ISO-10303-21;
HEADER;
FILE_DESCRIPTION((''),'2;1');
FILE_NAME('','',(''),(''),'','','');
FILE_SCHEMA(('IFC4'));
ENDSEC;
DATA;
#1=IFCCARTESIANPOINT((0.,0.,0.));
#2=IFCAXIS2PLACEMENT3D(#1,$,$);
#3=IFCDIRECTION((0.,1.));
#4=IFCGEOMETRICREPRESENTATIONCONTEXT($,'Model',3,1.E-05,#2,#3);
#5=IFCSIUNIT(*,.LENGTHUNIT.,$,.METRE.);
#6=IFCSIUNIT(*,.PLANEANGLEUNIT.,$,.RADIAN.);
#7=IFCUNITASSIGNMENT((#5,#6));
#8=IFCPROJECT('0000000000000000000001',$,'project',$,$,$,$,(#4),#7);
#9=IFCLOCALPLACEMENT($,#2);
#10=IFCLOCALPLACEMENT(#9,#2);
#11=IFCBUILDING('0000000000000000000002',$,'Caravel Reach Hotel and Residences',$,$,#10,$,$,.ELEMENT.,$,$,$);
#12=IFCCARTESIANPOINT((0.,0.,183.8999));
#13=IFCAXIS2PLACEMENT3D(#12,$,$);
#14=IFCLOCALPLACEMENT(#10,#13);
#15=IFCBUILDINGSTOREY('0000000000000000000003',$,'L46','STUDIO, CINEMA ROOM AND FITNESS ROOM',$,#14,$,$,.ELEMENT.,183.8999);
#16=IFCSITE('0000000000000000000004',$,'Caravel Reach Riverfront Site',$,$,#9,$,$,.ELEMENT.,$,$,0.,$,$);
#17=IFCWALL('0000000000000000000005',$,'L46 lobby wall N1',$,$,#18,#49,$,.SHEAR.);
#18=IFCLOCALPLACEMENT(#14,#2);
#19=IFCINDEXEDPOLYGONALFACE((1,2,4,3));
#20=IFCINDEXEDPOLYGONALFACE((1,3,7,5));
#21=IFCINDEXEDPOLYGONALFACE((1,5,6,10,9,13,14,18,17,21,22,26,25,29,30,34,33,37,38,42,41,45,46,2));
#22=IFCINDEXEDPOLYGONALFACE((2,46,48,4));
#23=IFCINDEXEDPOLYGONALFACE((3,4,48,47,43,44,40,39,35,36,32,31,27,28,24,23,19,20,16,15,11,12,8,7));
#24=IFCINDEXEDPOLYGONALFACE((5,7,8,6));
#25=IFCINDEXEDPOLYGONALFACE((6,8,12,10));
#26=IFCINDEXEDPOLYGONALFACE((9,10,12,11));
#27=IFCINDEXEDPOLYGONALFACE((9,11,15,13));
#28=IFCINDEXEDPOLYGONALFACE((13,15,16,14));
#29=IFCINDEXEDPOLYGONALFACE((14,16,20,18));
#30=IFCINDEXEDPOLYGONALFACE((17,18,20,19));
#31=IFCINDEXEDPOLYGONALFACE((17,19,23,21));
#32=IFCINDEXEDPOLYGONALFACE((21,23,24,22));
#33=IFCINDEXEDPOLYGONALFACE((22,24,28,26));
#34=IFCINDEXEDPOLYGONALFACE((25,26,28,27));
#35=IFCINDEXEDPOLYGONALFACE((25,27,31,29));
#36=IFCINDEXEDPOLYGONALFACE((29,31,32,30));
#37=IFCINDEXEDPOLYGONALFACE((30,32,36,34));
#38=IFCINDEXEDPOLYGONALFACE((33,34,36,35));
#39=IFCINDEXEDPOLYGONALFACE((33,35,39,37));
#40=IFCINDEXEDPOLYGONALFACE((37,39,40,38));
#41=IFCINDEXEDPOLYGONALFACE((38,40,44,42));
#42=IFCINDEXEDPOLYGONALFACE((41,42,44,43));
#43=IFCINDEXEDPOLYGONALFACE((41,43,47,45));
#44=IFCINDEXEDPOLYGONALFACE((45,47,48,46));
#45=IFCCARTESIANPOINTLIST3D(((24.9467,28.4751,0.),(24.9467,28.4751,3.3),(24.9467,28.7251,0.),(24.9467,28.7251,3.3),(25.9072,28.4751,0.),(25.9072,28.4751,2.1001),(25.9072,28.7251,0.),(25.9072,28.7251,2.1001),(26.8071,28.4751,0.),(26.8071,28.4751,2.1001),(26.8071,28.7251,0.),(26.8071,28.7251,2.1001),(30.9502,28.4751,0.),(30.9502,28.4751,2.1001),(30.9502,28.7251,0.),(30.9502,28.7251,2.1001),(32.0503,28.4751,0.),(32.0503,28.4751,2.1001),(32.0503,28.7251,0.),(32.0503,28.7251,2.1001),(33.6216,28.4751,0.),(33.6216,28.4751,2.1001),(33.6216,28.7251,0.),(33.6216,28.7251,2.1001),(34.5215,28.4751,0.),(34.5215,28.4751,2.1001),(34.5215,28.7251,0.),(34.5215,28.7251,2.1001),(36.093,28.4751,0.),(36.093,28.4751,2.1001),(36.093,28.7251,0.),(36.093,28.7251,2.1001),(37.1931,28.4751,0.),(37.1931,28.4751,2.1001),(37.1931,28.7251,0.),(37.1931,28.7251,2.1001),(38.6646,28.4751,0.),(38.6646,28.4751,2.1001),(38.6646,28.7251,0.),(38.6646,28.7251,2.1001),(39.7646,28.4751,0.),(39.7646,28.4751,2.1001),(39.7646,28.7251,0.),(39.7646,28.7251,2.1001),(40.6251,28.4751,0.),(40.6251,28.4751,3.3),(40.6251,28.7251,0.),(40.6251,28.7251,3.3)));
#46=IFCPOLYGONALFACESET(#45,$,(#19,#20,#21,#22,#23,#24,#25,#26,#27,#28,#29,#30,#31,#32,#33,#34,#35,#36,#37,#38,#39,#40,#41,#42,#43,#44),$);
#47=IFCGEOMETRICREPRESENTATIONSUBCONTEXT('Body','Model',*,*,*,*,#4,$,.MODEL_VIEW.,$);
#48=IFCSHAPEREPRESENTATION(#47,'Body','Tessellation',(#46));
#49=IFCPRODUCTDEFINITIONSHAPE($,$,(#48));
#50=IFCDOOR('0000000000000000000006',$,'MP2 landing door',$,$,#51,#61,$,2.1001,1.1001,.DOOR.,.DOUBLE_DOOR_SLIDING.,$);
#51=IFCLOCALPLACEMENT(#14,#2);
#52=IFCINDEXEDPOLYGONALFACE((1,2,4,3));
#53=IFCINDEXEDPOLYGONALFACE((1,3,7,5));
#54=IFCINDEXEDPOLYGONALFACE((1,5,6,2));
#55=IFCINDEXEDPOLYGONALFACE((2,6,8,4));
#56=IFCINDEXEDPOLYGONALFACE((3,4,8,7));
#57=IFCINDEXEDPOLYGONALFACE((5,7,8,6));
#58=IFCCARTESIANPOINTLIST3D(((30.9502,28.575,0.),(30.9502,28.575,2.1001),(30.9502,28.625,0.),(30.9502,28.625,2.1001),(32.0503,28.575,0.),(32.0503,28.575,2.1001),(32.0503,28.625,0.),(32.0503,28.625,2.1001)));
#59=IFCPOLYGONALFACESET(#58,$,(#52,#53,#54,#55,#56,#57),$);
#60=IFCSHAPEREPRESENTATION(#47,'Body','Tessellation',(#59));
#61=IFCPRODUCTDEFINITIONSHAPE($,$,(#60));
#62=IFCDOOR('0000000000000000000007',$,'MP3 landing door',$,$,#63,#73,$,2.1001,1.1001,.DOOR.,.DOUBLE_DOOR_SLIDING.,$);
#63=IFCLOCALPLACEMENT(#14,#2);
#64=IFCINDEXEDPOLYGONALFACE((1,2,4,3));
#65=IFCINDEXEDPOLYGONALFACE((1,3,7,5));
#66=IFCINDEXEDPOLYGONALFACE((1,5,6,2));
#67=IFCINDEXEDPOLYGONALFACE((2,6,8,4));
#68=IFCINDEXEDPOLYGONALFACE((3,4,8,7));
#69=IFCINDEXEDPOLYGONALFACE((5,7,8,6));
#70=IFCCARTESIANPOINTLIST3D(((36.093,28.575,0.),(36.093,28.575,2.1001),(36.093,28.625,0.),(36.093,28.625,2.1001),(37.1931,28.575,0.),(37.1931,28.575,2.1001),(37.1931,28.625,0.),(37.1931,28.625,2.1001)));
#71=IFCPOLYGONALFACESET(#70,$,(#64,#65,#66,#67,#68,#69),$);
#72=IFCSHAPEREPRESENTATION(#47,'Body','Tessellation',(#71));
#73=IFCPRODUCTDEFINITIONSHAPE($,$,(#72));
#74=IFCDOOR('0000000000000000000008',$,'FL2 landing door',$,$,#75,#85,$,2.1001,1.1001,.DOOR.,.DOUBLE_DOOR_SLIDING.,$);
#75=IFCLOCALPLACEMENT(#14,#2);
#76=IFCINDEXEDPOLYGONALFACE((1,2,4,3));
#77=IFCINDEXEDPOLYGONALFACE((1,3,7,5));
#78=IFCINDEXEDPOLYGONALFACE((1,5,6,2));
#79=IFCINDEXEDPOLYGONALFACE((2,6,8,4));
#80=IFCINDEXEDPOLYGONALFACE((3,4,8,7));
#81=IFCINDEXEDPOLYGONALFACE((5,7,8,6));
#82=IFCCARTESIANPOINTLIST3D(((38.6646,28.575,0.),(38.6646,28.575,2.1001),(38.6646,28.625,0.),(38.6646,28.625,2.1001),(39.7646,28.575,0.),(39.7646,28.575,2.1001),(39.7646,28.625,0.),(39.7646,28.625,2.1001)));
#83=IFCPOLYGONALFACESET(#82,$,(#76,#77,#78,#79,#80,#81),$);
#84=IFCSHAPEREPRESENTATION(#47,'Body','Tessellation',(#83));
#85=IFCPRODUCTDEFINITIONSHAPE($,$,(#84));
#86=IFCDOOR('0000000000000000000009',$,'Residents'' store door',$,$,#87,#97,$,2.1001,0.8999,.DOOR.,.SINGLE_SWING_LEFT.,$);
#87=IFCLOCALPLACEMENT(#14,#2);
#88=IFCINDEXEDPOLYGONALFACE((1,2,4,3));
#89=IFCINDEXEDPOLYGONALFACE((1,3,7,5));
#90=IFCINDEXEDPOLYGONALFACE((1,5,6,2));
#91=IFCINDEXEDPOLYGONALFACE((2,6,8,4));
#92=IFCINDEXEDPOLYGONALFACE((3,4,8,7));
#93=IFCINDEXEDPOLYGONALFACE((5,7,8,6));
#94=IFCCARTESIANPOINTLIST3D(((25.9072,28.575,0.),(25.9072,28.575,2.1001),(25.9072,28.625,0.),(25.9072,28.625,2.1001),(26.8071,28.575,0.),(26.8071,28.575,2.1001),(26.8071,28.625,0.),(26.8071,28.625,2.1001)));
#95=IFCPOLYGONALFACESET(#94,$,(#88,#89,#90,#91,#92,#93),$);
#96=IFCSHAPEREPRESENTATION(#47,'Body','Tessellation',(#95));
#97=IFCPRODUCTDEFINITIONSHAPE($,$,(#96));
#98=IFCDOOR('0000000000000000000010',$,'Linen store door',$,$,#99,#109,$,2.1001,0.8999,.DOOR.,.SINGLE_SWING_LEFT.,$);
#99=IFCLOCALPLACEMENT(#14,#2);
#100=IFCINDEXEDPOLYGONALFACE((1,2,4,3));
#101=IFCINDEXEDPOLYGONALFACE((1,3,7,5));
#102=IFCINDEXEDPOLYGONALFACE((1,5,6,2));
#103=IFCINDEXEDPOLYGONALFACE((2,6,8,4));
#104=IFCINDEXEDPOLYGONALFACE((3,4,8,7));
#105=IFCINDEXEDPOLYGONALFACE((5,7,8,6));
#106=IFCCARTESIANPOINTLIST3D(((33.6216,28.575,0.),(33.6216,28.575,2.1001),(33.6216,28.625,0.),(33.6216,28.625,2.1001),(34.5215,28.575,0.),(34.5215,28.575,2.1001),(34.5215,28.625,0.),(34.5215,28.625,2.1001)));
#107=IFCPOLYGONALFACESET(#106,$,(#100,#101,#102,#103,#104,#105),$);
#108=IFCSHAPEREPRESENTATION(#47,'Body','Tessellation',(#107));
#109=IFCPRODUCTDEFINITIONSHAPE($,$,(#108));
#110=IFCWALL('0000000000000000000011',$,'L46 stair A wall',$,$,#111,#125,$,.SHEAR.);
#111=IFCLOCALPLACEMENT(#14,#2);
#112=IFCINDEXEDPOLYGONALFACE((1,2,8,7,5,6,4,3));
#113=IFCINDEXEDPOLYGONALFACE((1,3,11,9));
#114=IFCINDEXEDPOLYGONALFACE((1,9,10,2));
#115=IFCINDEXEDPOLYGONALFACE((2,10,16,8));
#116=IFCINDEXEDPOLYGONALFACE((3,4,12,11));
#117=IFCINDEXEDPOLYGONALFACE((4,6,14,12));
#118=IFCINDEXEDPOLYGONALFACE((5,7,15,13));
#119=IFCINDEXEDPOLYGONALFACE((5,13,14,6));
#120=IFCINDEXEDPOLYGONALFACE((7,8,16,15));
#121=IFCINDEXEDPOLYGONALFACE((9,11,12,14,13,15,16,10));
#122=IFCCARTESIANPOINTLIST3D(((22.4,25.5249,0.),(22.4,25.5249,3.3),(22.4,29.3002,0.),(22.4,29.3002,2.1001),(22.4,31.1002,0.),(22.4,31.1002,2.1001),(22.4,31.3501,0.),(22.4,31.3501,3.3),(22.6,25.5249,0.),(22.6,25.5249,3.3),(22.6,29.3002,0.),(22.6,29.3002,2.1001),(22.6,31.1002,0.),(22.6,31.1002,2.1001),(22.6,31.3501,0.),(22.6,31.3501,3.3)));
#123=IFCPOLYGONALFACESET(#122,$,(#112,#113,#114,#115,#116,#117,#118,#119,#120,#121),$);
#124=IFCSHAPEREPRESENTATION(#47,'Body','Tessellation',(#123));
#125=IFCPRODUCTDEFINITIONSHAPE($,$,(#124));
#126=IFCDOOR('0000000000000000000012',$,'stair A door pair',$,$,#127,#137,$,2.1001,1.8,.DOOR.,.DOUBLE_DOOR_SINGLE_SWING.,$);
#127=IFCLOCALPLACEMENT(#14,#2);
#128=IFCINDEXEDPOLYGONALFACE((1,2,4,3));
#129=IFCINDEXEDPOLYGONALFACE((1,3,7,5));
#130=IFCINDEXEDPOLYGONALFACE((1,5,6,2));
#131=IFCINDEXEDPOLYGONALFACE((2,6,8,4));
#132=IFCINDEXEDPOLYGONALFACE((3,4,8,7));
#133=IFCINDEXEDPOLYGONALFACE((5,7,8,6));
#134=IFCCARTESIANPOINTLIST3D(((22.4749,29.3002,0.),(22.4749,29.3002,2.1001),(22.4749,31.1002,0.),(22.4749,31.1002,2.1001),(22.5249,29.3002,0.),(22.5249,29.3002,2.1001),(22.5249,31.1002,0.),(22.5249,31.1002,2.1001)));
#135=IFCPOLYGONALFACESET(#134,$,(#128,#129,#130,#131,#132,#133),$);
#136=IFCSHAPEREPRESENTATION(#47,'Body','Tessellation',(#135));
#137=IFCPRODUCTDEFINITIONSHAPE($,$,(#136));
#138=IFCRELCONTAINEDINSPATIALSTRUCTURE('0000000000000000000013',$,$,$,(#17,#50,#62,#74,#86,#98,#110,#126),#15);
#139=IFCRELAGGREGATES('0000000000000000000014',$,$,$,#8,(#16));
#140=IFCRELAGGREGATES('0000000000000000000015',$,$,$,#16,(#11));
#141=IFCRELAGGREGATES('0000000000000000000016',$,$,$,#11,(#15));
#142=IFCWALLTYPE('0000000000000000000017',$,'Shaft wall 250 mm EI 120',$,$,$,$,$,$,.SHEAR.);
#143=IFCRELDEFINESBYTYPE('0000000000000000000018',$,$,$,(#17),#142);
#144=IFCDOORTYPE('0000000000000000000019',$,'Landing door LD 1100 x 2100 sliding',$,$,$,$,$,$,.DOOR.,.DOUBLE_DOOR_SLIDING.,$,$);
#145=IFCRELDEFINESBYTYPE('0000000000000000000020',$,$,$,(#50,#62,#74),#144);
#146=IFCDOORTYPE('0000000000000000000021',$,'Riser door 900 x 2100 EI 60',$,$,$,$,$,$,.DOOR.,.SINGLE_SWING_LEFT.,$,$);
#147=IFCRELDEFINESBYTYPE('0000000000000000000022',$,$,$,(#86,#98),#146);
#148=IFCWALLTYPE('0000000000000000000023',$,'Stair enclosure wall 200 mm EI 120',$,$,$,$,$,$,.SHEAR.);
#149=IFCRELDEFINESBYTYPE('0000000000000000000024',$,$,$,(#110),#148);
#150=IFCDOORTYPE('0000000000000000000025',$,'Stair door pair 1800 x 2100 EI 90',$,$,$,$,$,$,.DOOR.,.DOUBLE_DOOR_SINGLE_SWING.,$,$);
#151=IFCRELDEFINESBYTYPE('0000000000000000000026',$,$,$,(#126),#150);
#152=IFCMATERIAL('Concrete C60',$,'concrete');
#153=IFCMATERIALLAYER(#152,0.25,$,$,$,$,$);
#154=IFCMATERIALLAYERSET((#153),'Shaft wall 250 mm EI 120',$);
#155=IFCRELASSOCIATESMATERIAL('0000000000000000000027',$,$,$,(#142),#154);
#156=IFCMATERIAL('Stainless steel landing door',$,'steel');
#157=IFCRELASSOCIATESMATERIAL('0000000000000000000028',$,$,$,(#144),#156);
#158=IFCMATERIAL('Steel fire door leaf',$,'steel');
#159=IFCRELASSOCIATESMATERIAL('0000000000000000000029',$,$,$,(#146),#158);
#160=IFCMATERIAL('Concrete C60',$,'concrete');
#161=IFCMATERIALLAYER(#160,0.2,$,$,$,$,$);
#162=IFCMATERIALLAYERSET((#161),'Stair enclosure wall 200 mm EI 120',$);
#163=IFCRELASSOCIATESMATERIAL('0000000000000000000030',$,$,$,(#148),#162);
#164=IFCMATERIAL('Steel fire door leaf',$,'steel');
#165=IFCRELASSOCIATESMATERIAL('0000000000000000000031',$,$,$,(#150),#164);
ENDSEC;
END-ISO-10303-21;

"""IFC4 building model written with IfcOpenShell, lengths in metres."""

from ifc_helpers import new_model, si_unit, direction, frame, frame_2d, origin, place, context, subcontext, project, spatial, rectangle, extrude, material, layer, layer_set, type_object, element, fill, save


model = new_model("IFC4")

# Units and contexts
model_context = context("Model", 3, precision=1e-05, world=origin(), true_north=direction((0.0, 1.0)))
body_context = subcontext(model_context, "Body", "Model", "MODEL_VIEW")
ifc_project = project(units=[si_unit("LENGTHUNIT", "METRE"), si_unit("PLANEANGLEUNIT", "RADIAN")], contexts=[model_context])

# Site, building, storey
site_placement = place(None, origin())
site = spatial("IfcSite", under=ifc_project, at=site_placement, Name="Caravel Reach Riverfront Site", CompositionType="ELEMENT", RefElevation=0.0)
building_placement = place(site_placement, origin())
building = spatial("IfcBuilding", under=site, at=building_placement, Name="Caravel Reach Hotel and Residences", CompositionType="ELEMENT")
storey_placement = place(building_placement, frame((0.0, 0.0, 183.8999)))
storey = spatial("IfcBuildingStorey", under=building, at=storey_placement, Name="L46", Description="STUDIO, CINEMA ROOM AND FITNESS ROOM", CompositionType="ELEMENT", Elevation=183.8999)

# Wall, openings, doors
ifc_material_1 = material(Name="Concrete C60", Category="concrete")
ifc_layer_1 = layer(ifc_material_1, 0.25)
ifc_layer_set_1 = layer_set([ifc_layer_1], Name="Shaft wall 250 mm EI 120")
wall_type_1 = type_object("IfcWallType", Name="Shaft wall 250 mm EI 120", PredefinedType="SHEAR", material=ifc_layer_set_1)
wall_1_placement = place(storey_placement, frame((24.9465, 28.6001, 0.0), z_axis=(0.0, 0.0, 1.0), x_axis=(1.0, 0.0, 0.0)))
wall_1 = element("IfcWall", 1, at=wall_1_placement, inside=storey, type_object=wall_type_1, Name="L46 lobby wall N1", PredefinedType="SHEAR", context=body_context, shape_type="SweptSolid", body=[
    extrude(rectangle(XDim=15.6785, YDim=0.25, at=frame_2d((7.8394, 0.0))), origin(), (0.0, 0.0, 1.0), 3.3),
])
opening_1_placement = place(wall_1_placement, frame((6.0037, 0.0, 0.0)))
opening_1 = element("IfcOpeningElement", 2, at=opening_1_placement, cuts=wall_1, PredefinedType="OPENING", context=body_context, shape_type="SweptSolid", body=[
    extrude(rectangle(XDim=1.1001, YDim=2.1001, at=frame_2d((0.55, 1.05))), frame((0.0, 0.135, 0.0), z_axis=(0.0, -1.0, 0.0), x_axis=(1.0, 0.0, 0.0)), (0.0, 0.0, 1.0), 0.27),
])
opening_2_placement = place(wall_1_placement, frame((11.1465, 0.0, 0.0)))
opening_2 = element("IfcOpeningElement", 3, at=opening_2_placement, cuts=wall_1, PredefinedType="OPENING", context=body_context, shape_type="SweptSolid", body=[
    extrude(rectangle(XDim=1.1001, YDim=2.1001, at=frame_2d((0.55, 1.05))), frame((0.0, 0.135, 0.0), z_axis=(0.0, -1.0, 0.0), x_axis=(1.0, 0.0, 0.0)), (0.0, 0.0, 1.0), 0.27),
])
opening_3_placement = place(wall_1_placement, frame((13.718, 0.0, 0.0)))
opening_3 = element("IfcOpeningElement", 4, at=opening_3_placement, cuts=wall_1, PredefinedType="OPENING", context=body_context, shape_type="SweptSolid", body=[
    extrude(rectangle(XDim=1.1001, YDim=2.1001, at=frame_2d((0.55, 1.05))), frame((0.0, 0.135, 0.0), z_axis=(0.0, -1.0, 0.0), x_axis=(1.0, 0.0, 0.0)), (0.0, 0.0, 1.0), 0.27),
])
opening_4_placement = place(wall_1_placement, frame((0.9607, 0.0, 0.0)))
opening_4 = element("IfcOpeningElement", 5, at=opening_4_placement, cuts=wall_1, PredefinedType="OPENING", context=body_context, shape_type="SweptSolid", body=[
    extrude(rectangle(XDim=0.8999, YDim=2.1001, at=frame_2d((0.45, 1.05))), frame((0.0, 0.135, 0.0), z_axis=(0.0, -1.0, 0.0), x_axis=(1.0, 0.0, 0.0)), (0.0, 0.0, 1.0), 0.27),
])
opening_5_placement = place(wall_1_placement, frame((8.675, 0.0, 0.0)))
opening_5 = element("IfcOpeningElement", 6, at=opening_5_placement, cuts=wall_1, PredefinedType="OPENING", context=body_context, shape_type="SweptSolid", body=[
    extrude(rectangle(XDim=0.8999, YDim=2.1001, at=frame_2d((0.45, 1.05))), frame((0.0, 0.135, 0.0), z_axis=(0.0, -1.0, 0.0), x_axis=(1.0, 0.0, 0.0)), (0.0, 0.0, 1.0), 0.27),
])
ifc_material_2 = material(Name="Stainless steel landing door", Category="steel")
door_type_1 = type_object("IfcDoorType", Name="Landing door LD 1100 x 2100 sliding", OperationType="DOUBLE_DOOR_SLIDING", PredefinedType="DOOR", material=ifc_material_2)
door_1_placement = place(opening_1_placement, origin())
door_1 = element("IfcDoor", 7, at=door_1_placement, inside=storey, type_object=door_type_1, Name="MP2 landing door", OperationType="DOUBLE_DOOR_SLIDING", OverallHeight=2.1001, OverallWidth=1.1001, PredefinedType="DOOR", context=body_context, shape_type="SweptSolid", body=[
    extrude(rectangle(XDim=1.1001, YDim=2.1001, at=frame_2d((0.55, 1.05))), frame((0.0, 0.0249, 0.0), z_axis=(0.0, -1.0, 0.0), x_axis=(1.0, 0.0, 0.0)), (0.0, 0.0, 1.0), 0.05),
])
fill(opening_1, door_1)
door_2_placement = place(opening_2_placement, origin())
door_2 = element("IfcDoor", 8, at=door_2_placement, inside=storey, type_object=door_type_1, Name="MP3 landing door", OperationType="DOUBLE_DOOR_SLIDING", OverallHeight=2.1001, OverallWidth=1.1001, PredefinedType="DOOR", context=body_context, shape_type="SweptSolid", body=[
    extrude(rectangle(XDim=1.1001, YDim=2.1001, at=frame_2d((0.55, 1.05))), frame((0.0, 0.0249, 0.0), z_axis=(0.0, -1.0, 0.0), x_axis=(1.0, 0.0, 0.0)), (0.0, 0.0, 1.0), 0.05),
])
fill(opening_2, door_2)
door_3_placement = place(opening_3_placement, origin())
door_3 = element("IfcDoor", 9, at=door_3_placement, inside=storey, type_object=door_type_1, Name="FL2 landing door", OperationType="DOUBLE_DOOR_SLIDING", OverallHeight=2.1001, OverallWidth=1.1001, PredefinedType="DOOR", context=body_context, shape_type="SweptSolid", body=[
    extrude(rectangle(XDim=1.1001, YDim=2.1001, at=frame_2d((0.55, 1.05))), frame((0.0, 0.0249, 0.0), z_axis=(0.0, -1.0, 0.0), x_axis=(1.0, 0.0, 0.0)), (0.0, 0.0, 1.0), 0.05),
])
fill(opening_3, door_3)
ifc_material_3 = material(Name="Steel fire door leaf", Category="steel")
door_type_2 = type_object("IfcDoorType", Name="Riser door 900 x 2100 EI 60", OperationType="SINGLE_SWING_LEFT", PredefinedType="DOOR", material=ifc_material_3)
door_4_placement = place(opening_4_placement, origin())
door_4 = element("IfcDoor", 10, at=door_4_placement, inside=storey, type_object=door_type_2, Name="Residents' store door", OperationType="SINGLE_SWING_LEFT", OverallHeight=2.1001, OverallWidth=0.8999, PredefinedType="DOOR", context=body_context, shape_type="SweptSolid", body=[
    extrude(rectangle(XDim=0.8999, YDim=2.1001, at=frame_2d((0.45, 1.05))), frame((0.0, 0.0249, 0.0), z_axis=(0.0, -1.0, 0.0), x_axis=(1.0, 0.0, 0.0)), (0.0, 0.0, 1.0), 0.05),
])
fill(opening_4, door_4)
door_5_placement = place(opening_5_placement, origin())
door_5 = element("IfcDoor", 11, at=door_5_placement, inside=storey, type_object=door_type_2, Name="Linen store door", OperationType="SINGLE_SWING_LEFT", OverallHeight=2.1001, OverallWidth=0.8999, PredefinedType="DOOR", context=body_context, shape_type="SweptSolid", body=[
    extrude(rectangle(XDim=0.8999, YDim=2.1001, at=frame_2d((0.45, 1.05))), frame((0.0, 0.0249, 0.0), z_axis=(0.0, -1.0, 0.0), x_axis=(1.0, 0.0, 0.0)), (0.0, 0.0, 1.0), 0.05),
])
fill(opening_5, door_5)

# Wall, opening, door
ifc_material_4 = material(Name="Concrete C60", Category="concrete")
ifc_layer_2 = layer(ifc_material_4, 0.2)
ifc_layer_set_2 = layer_set([ifc_layer_2], Name="Stair enclosure wall 200 mm EI 120")
wall_type_2 = type_object("IfcWallType", Name="Stair enclosure wall 200 mm EI 120", PredefinedType="SHEAR", material=ifc_layer_set_2)
wall_2_placement = place(storey_placement, frame((22.5, 31.3501, 0.0), z_axis=(0.0, 0.0, 1.0), x_axis=(0.0, -1.0, 0.0)))
wall_2 = element("IfcWall", 12, at=wall_2_placement, inside=storey, type_object=wall_type_2, Name="L46 stair A wall", PredefinedType="SHEAR", context=body_context, shape_type="SweptSolid", body=[
    extrude(rectangle(XDim=5.8252, YDim=0.2, at=frame_2d((2.9126, 0.0))), origin(), (0.0, 0.0, 1.0), 3.3),
])
opening_6_placement = place(wall_2_placement, frame((0.25, 0.0, 0.0)))
opening_6 = element("IfcOpeningElement", 13, at=opening_6_placement, cuts=wall_2, PredefinedType="OPENING", context=body_context, shape_type="SweptSolid", body=[
    extrude(rectangle(XDim=1.8, YDim=2.1001, at=frame_2d((0.8999, 1.05))), frame((0.0, 0.1099, 0.0), z_axis=(0.0, -1.0, 0.0), x_axis=(1.0, 0.0, 0.0)), (0.0, 0.0, 1.0), 0.22),
])
ifc_material_5 = material(Name="Steel fire door leaf", Category="steel")
door_type_3 = type_object("IfcDoorType", Name="Stair door pair 1800 x 2100 EI 90", OperationType="DOUBLE_DOOR_SINGLE_SWING", PredefinedType="DOOR", material=ifc_material_5)
door_6_placement = place(opening_6_placement, origin())
door_6 = element("IfcDoor", 14, at=door_6_placement, inside=storey, type_object=door_type_3, Name="stair A door pair", OperationType="DOUBLE_DOOR_SINGLE_SWING", OverallHeight=2.1001, OverallWidth=1.8, PredefinedType="DOOR", context=body_context, shape_type="SweptSolid", body=[
    extrude(rectangle(XDim=1.8, YDim=2.1001, at=frame_2d((0.8999, 1.05))), frame((0.0, 0.0249, 0.0), z_axis=(0.0, -1.0, 0.0), x_axis=(1.0, 0.0, 0.0)), (0.0, 0.0, 1.0), 0.05),
])
fill(opening_6, door_6)

save(model, "model.ifc")
